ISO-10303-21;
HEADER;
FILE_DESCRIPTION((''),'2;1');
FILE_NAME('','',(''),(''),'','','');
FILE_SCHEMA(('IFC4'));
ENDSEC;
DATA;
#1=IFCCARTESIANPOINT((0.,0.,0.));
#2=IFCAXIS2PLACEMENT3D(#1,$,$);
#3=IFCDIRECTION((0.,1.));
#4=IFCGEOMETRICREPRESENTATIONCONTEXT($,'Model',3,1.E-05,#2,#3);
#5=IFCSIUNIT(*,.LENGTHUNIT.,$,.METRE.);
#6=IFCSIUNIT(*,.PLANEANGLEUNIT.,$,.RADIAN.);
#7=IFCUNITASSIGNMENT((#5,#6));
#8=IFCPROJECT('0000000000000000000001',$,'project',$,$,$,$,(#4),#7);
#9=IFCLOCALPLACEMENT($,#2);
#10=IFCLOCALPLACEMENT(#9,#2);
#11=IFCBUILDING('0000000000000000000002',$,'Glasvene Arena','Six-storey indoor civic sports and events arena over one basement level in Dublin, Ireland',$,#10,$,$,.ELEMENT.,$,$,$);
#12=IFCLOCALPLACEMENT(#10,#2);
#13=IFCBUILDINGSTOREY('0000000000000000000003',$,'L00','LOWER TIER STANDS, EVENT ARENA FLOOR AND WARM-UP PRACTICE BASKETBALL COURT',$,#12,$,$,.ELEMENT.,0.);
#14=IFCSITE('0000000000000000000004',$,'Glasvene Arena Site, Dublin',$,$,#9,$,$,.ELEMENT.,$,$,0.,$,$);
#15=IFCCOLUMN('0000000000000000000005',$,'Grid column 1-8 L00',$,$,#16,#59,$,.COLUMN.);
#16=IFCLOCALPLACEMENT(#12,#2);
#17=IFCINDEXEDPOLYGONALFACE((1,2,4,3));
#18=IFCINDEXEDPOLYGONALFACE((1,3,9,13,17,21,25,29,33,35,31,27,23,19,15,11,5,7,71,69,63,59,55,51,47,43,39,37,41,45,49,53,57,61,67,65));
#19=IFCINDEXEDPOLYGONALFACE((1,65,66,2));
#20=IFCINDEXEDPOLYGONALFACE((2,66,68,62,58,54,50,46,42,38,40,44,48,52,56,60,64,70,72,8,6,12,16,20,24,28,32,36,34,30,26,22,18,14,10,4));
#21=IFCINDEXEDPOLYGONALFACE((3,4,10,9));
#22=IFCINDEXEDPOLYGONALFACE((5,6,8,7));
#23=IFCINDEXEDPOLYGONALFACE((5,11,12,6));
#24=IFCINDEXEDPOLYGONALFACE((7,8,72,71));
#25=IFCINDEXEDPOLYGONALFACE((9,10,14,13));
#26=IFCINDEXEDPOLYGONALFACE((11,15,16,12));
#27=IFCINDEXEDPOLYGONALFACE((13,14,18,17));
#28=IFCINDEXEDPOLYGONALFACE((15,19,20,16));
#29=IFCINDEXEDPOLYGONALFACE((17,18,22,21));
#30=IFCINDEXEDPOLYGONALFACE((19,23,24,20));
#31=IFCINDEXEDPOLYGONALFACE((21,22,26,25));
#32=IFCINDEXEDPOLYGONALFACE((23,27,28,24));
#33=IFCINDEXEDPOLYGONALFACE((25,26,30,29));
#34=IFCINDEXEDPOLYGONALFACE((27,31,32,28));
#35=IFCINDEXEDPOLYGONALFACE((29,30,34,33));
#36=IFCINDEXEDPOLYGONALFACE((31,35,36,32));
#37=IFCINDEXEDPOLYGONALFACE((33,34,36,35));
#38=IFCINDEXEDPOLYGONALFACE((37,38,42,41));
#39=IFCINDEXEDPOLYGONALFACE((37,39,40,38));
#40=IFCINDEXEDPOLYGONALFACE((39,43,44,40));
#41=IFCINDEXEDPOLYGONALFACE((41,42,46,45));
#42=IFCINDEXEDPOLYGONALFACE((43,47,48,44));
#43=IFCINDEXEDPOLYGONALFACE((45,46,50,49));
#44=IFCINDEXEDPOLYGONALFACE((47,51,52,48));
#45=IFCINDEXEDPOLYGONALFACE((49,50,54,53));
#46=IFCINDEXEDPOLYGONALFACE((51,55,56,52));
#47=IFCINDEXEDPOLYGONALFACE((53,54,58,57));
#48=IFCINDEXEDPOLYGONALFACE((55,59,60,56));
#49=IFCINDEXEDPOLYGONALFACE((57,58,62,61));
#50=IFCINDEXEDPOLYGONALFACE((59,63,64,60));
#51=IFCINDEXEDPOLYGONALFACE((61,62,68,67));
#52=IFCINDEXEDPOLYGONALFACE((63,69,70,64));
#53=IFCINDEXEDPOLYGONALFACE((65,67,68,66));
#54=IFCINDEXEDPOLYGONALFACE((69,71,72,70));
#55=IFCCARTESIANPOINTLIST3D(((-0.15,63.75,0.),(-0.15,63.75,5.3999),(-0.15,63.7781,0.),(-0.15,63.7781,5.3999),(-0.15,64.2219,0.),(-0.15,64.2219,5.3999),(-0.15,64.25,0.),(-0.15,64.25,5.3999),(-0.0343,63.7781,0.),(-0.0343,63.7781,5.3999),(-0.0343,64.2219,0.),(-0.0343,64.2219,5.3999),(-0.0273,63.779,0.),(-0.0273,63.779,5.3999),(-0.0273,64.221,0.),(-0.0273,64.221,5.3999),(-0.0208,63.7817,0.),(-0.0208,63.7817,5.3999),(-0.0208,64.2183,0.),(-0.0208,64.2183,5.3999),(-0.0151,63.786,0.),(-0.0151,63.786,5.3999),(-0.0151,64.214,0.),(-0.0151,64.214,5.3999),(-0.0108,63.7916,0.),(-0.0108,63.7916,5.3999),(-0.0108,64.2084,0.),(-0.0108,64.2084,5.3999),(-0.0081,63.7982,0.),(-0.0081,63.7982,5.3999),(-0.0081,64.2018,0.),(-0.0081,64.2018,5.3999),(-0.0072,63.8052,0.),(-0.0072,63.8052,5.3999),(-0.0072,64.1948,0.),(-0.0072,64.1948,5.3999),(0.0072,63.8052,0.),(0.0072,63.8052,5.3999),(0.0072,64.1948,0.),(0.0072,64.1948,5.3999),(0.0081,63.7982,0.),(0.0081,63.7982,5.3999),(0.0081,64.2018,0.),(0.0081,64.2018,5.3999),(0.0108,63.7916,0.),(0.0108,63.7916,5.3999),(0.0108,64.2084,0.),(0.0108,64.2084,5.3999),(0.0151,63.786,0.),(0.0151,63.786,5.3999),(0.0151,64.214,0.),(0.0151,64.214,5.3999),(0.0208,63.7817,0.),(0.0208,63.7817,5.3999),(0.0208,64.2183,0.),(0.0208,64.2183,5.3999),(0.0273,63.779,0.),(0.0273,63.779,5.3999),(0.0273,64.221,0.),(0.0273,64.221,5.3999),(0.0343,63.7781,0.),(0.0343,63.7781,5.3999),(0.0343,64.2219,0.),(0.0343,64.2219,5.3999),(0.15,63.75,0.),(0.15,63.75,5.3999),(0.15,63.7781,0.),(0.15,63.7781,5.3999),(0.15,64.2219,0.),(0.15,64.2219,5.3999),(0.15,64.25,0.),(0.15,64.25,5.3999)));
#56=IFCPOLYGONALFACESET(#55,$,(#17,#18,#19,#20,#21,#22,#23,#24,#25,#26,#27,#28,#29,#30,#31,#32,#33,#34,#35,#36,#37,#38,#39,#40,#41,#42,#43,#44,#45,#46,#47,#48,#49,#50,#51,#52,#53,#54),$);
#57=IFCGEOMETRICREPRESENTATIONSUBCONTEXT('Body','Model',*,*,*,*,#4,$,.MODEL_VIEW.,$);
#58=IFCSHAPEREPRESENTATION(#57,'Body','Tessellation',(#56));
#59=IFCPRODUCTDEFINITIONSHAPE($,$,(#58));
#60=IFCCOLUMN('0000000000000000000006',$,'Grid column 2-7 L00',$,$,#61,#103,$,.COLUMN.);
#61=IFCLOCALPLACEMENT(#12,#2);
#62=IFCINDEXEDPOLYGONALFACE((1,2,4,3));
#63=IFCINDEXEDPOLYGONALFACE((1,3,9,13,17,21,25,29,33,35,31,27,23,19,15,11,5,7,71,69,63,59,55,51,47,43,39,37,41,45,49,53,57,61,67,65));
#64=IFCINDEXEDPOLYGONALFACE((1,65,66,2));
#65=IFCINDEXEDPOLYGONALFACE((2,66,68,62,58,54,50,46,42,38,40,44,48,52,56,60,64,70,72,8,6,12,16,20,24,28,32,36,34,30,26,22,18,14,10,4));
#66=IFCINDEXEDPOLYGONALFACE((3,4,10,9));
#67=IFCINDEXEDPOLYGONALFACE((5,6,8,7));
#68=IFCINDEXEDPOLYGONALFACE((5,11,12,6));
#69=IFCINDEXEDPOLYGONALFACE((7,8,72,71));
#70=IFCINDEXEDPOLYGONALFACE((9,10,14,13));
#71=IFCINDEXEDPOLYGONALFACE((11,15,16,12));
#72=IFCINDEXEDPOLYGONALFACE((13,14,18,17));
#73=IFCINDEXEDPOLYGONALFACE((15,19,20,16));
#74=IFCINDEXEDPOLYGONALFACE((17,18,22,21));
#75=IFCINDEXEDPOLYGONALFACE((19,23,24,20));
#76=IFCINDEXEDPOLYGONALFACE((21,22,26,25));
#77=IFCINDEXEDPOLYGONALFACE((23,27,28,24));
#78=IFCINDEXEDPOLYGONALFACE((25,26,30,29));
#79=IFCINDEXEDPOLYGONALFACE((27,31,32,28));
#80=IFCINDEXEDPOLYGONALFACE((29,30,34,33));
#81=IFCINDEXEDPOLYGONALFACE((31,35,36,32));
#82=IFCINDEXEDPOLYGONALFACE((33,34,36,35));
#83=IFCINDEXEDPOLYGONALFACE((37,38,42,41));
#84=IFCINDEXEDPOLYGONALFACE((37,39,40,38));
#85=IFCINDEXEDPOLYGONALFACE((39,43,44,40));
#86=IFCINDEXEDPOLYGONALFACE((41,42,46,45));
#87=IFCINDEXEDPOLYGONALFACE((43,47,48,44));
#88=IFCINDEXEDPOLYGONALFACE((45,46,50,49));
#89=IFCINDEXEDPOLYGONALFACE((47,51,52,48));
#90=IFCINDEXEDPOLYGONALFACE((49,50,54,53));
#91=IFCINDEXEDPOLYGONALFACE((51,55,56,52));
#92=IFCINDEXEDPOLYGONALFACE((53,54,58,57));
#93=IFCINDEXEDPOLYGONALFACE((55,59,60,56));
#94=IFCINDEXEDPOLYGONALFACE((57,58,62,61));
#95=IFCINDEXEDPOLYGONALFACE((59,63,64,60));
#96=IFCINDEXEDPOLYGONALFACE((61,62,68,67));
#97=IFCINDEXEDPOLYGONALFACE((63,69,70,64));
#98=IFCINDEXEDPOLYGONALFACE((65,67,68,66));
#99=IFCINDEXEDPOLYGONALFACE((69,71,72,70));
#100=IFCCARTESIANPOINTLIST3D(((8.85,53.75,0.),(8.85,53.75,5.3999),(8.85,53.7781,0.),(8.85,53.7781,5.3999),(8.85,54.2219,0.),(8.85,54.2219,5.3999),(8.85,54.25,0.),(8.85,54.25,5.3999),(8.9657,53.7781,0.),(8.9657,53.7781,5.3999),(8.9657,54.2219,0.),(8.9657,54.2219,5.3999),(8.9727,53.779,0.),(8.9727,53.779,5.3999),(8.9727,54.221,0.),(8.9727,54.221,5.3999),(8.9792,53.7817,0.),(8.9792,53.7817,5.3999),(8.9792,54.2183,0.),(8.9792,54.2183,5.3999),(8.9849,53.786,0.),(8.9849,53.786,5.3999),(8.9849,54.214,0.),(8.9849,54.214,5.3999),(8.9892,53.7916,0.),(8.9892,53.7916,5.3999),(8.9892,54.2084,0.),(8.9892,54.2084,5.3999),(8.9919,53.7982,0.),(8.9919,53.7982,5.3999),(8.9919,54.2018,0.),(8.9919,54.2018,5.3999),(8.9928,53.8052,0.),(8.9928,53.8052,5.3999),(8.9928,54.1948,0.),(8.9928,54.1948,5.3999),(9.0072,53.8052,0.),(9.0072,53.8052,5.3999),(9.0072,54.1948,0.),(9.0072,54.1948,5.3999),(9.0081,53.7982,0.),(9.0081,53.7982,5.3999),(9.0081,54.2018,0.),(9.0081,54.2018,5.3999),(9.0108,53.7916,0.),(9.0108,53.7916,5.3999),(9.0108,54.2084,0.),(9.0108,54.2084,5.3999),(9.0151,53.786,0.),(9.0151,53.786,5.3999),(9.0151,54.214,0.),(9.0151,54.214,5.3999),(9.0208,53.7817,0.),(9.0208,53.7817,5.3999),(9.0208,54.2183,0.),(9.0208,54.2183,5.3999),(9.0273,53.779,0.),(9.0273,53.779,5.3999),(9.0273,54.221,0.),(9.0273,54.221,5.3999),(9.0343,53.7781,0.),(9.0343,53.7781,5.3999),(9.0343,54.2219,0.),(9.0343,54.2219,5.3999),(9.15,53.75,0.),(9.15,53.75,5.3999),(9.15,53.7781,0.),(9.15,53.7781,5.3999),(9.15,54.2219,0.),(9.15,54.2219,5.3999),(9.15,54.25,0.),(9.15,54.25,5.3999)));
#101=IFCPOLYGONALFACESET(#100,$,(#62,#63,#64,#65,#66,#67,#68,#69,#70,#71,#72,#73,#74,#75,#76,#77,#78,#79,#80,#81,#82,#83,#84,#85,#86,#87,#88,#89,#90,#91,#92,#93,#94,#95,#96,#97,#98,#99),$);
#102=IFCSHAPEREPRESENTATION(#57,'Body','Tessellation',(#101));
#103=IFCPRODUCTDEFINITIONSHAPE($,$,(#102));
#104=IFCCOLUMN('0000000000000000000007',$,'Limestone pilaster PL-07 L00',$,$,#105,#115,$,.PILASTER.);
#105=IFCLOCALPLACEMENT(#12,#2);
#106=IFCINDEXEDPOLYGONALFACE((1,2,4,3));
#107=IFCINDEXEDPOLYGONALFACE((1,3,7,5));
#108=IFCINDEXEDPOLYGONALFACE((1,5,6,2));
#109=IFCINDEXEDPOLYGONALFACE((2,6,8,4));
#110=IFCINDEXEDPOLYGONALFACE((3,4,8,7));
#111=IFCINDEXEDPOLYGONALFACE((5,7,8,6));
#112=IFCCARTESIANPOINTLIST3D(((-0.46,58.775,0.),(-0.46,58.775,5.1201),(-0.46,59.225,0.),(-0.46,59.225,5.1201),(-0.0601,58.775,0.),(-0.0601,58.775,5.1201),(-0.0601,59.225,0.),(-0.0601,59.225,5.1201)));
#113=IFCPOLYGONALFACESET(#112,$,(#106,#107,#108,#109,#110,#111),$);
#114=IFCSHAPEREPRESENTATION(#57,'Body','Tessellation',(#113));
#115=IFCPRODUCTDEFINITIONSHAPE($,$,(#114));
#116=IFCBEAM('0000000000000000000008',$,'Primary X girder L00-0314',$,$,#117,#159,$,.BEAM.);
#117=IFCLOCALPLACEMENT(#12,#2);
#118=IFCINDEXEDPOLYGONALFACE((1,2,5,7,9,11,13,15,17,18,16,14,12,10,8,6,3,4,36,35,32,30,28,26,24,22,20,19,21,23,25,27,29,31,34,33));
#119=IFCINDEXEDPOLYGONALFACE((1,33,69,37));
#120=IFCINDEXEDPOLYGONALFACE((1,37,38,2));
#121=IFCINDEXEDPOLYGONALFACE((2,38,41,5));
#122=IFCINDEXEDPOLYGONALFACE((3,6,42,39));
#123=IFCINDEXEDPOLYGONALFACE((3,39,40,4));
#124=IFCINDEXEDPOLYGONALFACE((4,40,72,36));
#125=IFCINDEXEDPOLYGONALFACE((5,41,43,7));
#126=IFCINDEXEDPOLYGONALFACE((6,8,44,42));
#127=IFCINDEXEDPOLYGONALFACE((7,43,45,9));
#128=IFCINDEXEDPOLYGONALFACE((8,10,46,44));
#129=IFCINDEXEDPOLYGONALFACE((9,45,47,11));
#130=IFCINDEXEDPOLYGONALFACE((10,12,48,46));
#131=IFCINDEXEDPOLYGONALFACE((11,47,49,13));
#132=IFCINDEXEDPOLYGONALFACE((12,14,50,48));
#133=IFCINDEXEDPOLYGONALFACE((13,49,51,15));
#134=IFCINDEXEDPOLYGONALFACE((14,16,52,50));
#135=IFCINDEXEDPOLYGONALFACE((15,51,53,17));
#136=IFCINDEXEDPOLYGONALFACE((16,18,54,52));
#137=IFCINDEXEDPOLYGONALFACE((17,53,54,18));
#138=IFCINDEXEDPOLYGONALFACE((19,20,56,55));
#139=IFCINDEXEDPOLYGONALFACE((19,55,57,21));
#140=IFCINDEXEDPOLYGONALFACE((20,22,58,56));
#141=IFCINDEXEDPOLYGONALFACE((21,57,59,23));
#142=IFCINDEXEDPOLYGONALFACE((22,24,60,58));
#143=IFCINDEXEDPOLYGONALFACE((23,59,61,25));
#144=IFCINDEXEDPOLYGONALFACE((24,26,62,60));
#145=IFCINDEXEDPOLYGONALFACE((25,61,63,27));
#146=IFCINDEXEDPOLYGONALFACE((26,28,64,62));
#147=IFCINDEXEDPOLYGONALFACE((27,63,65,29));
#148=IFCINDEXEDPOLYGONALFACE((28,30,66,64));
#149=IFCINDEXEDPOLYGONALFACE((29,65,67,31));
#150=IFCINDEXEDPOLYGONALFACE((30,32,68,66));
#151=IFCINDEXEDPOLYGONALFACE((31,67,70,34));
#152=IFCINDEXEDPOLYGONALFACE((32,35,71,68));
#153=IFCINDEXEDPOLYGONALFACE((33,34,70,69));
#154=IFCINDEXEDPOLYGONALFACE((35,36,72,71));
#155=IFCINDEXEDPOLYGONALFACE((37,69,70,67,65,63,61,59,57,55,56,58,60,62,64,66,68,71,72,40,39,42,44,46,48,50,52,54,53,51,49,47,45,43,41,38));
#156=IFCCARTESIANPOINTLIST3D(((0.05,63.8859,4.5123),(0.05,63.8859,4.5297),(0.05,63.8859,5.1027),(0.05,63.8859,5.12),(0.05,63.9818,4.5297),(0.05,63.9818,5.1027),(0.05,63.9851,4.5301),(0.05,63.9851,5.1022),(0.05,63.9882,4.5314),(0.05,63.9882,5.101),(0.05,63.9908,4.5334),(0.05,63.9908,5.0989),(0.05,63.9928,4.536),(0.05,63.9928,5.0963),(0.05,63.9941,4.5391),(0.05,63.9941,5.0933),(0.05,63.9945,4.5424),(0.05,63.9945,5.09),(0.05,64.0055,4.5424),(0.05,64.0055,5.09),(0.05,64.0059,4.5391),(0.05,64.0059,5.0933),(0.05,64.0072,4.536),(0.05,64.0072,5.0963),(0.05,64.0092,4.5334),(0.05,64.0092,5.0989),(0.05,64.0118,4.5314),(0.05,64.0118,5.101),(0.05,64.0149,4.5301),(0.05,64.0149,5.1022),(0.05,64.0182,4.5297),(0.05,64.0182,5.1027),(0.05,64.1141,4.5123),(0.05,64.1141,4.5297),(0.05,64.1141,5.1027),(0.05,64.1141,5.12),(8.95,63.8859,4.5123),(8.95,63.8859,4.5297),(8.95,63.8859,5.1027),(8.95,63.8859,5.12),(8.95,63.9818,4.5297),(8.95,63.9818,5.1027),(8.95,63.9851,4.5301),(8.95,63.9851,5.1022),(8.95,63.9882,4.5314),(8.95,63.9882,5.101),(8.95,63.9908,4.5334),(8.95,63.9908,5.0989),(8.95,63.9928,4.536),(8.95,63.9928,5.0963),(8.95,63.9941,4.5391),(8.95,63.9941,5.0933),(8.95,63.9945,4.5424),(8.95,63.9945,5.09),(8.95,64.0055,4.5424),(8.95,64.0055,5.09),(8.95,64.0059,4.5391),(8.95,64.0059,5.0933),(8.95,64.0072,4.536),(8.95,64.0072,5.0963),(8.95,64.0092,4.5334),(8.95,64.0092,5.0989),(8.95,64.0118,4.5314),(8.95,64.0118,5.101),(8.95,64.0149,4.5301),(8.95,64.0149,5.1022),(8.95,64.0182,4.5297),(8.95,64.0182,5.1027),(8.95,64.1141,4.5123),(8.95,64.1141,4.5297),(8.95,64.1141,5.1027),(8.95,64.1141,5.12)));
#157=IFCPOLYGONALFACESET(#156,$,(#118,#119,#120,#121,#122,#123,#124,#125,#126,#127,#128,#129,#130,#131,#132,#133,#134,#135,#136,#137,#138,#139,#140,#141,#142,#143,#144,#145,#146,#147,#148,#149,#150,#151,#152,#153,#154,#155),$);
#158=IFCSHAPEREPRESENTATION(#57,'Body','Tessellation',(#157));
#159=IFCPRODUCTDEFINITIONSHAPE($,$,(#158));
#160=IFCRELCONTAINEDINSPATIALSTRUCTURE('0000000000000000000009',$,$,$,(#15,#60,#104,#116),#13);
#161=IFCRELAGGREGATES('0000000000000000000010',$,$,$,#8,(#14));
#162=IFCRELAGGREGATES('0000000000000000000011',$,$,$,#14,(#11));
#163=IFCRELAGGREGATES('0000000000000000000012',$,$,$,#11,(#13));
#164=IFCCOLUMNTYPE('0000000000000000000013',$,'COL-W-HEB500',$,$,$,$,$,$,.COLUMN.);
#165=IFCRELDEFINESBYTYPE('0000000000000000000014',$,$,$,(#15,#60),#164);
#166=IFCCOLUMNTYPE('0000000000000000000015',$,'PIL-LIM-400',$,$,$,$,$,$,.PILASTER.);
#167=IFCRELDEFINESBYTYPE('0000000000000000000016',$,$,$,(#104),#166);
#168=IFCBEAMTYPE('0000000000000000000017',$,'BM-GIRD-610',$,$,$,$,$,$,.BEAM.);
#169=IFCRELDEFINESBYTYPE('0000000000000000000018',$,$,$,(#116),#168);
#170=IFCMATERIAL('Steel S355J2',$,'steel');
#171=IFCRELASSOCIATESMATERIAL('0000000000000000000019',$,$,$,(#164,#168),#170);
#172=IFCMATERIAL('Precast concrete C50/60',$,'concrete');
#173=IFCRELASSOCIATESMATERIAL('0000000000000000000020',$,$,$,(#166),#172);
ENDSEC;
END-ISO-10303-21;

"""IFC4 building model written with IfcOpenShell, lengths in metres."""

from ifc_helpers import new_model, si_unit, direction, frame, origin, origin_2d, place, context, subcontext, project, spatial, rectangle, i_section, extrude, material, material_profile, profile_set, type_object, element, save


model = new_model("IFC4")

# Units and contexts
model_context = context("Model", 3, precision=1e-05, world=origin(), true_north=direction((0.0, 1.0)))
body_context = subcontext(model_context, "Body", "Model", "MODEL_VIEW")
ifc_project = project(units=[si_unit("LENGTHUNIT", "METRE"), si_unit("PLANEANGLEUNIT", "RADIAN")], contexts=[model_context])

# Site, building, storey
site_placement = place(None, origin())
site = spatial("IfcSite", under=ifc_project, at=site_placement, Name="Glasvene Arena Site, Dublin", CompositionType="ELEMENT", RefElevation=0.0)
building_placement = place(site_placement, origin())
building = spatial("IfcBuilding", under=site, at=building_placement, Name="Glasvene Arena", Description="Six-storey indoor civic sports and events arena over one basement level in Dublin, Ireland", CompositionType="ELEMENT")
storey_placement = place(building_placement, origin())
storey = spatial("IfcBuildingStorey", under=building, at=storey_placement, Name="L00", Description="LOWER TIER STANDS, EVENT ARENA FLOOR AND WARM-UP PRACTICE BASKETBALL COURT", CompositionType="ELEMENT", Elevation=0.0)

# Columns
ifc_material_1 = material(Name="Steel S355J2", Category="steel")
ifc_material_profile_1 = material_profile(ifc_material_1, i_section(OverallWidth=0.3, OverallDepth=0.5, WebThickness=0.0144, FlangeThickness=0.0281, FilletRadius=0.0271, at=origin_2d()), Name="HEB 500")
ifc_profile_set_1 = profile_set([ifc_material_profile_1], Name="Steel S355J2")
column_type_1 = type_object("IfcColumnType", Name="COL-W-HEB500", PredefinedType="COLUMN", material=ifc_profile_set_1)
for number, where, z_axis, x_axis, name in (
    (1, (0.0, 64.0, 0.0), (0.0, 0.0, 1.0), (1.0, 0.0, 0.0), "Grid column 1-8 L00"),
    (2, (9.0, 54.0, 0.0), (0.0, 0.0, 1.0), (1.0, 0.0, 0.0), "Grid column 2-7 L00"),
):
    element("IfcColumn", number, at=place(storey_placement, frame(where, z_axis=z_axis, x_axis=x_axis)), inside=storey, type_object=column_type_1, Name=name, PredefinedType="COLUMN", context=body_context, shape_type="SweptSolid", body=[
        extrude(i_section(OverallWidth=0.3, OverallDepth=0.5, WebThickness=0.0144, FlangeThickness=0.0281, FilletRadius=0.0271, at=origin_2d()), origin(), (0.0, 0.0, 1.0), 5.3999),
    ])
ifc_material_2 = material(Name="Precast concrete C50/60", Category="concrete")
ifc_material_profile_2 = material_profile(ifc_material_2, rectangle(XDim=0.3999, YDim=0.45, at=origin_2d()), Name="RC 400x450")
ifc_profile_set_2 = profile_set([ifc_material_profile_2], Name="Precast concrete C50/60")
column_type_2 = type_object("IfcColumnType", Name="PIL-LIM-400", PredefinedType="PILASTER", material=ifc_profile_set_2)
column_placement = place(storey_placement, frame((-0.26, 59.0, 0.0), z_axis=(0.0, 0.0, 1.0), x_axis=(1.0, 0.0, 0.0)))
element("IfcColumn", 3, at=column_placement, inside=storey, type_object=column_type_2, Name="Limestone pilaster PL-07 L00", PredefinedType="PILASTER", context=body_context, shape_type="SweptSolid", body=[
    extrude(rectangle(XDim=0.3999, YDim=0.45, at=origin_2d()), origin(), (0.0, 0.0, 1.0), 5.1201),
])

# Beam
ifc_material_profile_3 = material_profile(ifc_material_1, i_section(OverallWidth=0.2283, OverallDepth=0.6077, WebThickness=0.011, FlangeThickness=0.0173, FilletRadius=0.0127, at=origin_2d()), Name="UKB 610x229x113")
ifc_profile_set_3 = profile_set([ifc_material_profile_3], Name="Steel S355J2")
beam_type_1 = type_object("IfcBeamType", Name="BM-GIRD-610", PredefinedType="BEAM", material=ifc_profile_set_3)
beam_1_placement = place(storey_placement, frame((0.05, 64.0, 4.8162), z_axis=(1.0, 0.0, 0.0), x_axis=(0.0, 1.0, 0.0)))
element("IfcBeam", 4, at=beam_1_placement, inside=storey, type_object=beam_type_1, Name="Primary X girder L00-0314", PredefinedType="BEAM", context=body_context, shape_type="SweptSolid", body=[
    extrude(i_section(OverallWidth=0.2283, OverallDepth=0.6077, WebThickness=0.011, FlangeThickness=0.0173, FilletRadius=0.0127, at=origin_2d()), origin(), (0.0, 0.0, 1.0), 8.8999),
])

save(model, "model.ifc")
